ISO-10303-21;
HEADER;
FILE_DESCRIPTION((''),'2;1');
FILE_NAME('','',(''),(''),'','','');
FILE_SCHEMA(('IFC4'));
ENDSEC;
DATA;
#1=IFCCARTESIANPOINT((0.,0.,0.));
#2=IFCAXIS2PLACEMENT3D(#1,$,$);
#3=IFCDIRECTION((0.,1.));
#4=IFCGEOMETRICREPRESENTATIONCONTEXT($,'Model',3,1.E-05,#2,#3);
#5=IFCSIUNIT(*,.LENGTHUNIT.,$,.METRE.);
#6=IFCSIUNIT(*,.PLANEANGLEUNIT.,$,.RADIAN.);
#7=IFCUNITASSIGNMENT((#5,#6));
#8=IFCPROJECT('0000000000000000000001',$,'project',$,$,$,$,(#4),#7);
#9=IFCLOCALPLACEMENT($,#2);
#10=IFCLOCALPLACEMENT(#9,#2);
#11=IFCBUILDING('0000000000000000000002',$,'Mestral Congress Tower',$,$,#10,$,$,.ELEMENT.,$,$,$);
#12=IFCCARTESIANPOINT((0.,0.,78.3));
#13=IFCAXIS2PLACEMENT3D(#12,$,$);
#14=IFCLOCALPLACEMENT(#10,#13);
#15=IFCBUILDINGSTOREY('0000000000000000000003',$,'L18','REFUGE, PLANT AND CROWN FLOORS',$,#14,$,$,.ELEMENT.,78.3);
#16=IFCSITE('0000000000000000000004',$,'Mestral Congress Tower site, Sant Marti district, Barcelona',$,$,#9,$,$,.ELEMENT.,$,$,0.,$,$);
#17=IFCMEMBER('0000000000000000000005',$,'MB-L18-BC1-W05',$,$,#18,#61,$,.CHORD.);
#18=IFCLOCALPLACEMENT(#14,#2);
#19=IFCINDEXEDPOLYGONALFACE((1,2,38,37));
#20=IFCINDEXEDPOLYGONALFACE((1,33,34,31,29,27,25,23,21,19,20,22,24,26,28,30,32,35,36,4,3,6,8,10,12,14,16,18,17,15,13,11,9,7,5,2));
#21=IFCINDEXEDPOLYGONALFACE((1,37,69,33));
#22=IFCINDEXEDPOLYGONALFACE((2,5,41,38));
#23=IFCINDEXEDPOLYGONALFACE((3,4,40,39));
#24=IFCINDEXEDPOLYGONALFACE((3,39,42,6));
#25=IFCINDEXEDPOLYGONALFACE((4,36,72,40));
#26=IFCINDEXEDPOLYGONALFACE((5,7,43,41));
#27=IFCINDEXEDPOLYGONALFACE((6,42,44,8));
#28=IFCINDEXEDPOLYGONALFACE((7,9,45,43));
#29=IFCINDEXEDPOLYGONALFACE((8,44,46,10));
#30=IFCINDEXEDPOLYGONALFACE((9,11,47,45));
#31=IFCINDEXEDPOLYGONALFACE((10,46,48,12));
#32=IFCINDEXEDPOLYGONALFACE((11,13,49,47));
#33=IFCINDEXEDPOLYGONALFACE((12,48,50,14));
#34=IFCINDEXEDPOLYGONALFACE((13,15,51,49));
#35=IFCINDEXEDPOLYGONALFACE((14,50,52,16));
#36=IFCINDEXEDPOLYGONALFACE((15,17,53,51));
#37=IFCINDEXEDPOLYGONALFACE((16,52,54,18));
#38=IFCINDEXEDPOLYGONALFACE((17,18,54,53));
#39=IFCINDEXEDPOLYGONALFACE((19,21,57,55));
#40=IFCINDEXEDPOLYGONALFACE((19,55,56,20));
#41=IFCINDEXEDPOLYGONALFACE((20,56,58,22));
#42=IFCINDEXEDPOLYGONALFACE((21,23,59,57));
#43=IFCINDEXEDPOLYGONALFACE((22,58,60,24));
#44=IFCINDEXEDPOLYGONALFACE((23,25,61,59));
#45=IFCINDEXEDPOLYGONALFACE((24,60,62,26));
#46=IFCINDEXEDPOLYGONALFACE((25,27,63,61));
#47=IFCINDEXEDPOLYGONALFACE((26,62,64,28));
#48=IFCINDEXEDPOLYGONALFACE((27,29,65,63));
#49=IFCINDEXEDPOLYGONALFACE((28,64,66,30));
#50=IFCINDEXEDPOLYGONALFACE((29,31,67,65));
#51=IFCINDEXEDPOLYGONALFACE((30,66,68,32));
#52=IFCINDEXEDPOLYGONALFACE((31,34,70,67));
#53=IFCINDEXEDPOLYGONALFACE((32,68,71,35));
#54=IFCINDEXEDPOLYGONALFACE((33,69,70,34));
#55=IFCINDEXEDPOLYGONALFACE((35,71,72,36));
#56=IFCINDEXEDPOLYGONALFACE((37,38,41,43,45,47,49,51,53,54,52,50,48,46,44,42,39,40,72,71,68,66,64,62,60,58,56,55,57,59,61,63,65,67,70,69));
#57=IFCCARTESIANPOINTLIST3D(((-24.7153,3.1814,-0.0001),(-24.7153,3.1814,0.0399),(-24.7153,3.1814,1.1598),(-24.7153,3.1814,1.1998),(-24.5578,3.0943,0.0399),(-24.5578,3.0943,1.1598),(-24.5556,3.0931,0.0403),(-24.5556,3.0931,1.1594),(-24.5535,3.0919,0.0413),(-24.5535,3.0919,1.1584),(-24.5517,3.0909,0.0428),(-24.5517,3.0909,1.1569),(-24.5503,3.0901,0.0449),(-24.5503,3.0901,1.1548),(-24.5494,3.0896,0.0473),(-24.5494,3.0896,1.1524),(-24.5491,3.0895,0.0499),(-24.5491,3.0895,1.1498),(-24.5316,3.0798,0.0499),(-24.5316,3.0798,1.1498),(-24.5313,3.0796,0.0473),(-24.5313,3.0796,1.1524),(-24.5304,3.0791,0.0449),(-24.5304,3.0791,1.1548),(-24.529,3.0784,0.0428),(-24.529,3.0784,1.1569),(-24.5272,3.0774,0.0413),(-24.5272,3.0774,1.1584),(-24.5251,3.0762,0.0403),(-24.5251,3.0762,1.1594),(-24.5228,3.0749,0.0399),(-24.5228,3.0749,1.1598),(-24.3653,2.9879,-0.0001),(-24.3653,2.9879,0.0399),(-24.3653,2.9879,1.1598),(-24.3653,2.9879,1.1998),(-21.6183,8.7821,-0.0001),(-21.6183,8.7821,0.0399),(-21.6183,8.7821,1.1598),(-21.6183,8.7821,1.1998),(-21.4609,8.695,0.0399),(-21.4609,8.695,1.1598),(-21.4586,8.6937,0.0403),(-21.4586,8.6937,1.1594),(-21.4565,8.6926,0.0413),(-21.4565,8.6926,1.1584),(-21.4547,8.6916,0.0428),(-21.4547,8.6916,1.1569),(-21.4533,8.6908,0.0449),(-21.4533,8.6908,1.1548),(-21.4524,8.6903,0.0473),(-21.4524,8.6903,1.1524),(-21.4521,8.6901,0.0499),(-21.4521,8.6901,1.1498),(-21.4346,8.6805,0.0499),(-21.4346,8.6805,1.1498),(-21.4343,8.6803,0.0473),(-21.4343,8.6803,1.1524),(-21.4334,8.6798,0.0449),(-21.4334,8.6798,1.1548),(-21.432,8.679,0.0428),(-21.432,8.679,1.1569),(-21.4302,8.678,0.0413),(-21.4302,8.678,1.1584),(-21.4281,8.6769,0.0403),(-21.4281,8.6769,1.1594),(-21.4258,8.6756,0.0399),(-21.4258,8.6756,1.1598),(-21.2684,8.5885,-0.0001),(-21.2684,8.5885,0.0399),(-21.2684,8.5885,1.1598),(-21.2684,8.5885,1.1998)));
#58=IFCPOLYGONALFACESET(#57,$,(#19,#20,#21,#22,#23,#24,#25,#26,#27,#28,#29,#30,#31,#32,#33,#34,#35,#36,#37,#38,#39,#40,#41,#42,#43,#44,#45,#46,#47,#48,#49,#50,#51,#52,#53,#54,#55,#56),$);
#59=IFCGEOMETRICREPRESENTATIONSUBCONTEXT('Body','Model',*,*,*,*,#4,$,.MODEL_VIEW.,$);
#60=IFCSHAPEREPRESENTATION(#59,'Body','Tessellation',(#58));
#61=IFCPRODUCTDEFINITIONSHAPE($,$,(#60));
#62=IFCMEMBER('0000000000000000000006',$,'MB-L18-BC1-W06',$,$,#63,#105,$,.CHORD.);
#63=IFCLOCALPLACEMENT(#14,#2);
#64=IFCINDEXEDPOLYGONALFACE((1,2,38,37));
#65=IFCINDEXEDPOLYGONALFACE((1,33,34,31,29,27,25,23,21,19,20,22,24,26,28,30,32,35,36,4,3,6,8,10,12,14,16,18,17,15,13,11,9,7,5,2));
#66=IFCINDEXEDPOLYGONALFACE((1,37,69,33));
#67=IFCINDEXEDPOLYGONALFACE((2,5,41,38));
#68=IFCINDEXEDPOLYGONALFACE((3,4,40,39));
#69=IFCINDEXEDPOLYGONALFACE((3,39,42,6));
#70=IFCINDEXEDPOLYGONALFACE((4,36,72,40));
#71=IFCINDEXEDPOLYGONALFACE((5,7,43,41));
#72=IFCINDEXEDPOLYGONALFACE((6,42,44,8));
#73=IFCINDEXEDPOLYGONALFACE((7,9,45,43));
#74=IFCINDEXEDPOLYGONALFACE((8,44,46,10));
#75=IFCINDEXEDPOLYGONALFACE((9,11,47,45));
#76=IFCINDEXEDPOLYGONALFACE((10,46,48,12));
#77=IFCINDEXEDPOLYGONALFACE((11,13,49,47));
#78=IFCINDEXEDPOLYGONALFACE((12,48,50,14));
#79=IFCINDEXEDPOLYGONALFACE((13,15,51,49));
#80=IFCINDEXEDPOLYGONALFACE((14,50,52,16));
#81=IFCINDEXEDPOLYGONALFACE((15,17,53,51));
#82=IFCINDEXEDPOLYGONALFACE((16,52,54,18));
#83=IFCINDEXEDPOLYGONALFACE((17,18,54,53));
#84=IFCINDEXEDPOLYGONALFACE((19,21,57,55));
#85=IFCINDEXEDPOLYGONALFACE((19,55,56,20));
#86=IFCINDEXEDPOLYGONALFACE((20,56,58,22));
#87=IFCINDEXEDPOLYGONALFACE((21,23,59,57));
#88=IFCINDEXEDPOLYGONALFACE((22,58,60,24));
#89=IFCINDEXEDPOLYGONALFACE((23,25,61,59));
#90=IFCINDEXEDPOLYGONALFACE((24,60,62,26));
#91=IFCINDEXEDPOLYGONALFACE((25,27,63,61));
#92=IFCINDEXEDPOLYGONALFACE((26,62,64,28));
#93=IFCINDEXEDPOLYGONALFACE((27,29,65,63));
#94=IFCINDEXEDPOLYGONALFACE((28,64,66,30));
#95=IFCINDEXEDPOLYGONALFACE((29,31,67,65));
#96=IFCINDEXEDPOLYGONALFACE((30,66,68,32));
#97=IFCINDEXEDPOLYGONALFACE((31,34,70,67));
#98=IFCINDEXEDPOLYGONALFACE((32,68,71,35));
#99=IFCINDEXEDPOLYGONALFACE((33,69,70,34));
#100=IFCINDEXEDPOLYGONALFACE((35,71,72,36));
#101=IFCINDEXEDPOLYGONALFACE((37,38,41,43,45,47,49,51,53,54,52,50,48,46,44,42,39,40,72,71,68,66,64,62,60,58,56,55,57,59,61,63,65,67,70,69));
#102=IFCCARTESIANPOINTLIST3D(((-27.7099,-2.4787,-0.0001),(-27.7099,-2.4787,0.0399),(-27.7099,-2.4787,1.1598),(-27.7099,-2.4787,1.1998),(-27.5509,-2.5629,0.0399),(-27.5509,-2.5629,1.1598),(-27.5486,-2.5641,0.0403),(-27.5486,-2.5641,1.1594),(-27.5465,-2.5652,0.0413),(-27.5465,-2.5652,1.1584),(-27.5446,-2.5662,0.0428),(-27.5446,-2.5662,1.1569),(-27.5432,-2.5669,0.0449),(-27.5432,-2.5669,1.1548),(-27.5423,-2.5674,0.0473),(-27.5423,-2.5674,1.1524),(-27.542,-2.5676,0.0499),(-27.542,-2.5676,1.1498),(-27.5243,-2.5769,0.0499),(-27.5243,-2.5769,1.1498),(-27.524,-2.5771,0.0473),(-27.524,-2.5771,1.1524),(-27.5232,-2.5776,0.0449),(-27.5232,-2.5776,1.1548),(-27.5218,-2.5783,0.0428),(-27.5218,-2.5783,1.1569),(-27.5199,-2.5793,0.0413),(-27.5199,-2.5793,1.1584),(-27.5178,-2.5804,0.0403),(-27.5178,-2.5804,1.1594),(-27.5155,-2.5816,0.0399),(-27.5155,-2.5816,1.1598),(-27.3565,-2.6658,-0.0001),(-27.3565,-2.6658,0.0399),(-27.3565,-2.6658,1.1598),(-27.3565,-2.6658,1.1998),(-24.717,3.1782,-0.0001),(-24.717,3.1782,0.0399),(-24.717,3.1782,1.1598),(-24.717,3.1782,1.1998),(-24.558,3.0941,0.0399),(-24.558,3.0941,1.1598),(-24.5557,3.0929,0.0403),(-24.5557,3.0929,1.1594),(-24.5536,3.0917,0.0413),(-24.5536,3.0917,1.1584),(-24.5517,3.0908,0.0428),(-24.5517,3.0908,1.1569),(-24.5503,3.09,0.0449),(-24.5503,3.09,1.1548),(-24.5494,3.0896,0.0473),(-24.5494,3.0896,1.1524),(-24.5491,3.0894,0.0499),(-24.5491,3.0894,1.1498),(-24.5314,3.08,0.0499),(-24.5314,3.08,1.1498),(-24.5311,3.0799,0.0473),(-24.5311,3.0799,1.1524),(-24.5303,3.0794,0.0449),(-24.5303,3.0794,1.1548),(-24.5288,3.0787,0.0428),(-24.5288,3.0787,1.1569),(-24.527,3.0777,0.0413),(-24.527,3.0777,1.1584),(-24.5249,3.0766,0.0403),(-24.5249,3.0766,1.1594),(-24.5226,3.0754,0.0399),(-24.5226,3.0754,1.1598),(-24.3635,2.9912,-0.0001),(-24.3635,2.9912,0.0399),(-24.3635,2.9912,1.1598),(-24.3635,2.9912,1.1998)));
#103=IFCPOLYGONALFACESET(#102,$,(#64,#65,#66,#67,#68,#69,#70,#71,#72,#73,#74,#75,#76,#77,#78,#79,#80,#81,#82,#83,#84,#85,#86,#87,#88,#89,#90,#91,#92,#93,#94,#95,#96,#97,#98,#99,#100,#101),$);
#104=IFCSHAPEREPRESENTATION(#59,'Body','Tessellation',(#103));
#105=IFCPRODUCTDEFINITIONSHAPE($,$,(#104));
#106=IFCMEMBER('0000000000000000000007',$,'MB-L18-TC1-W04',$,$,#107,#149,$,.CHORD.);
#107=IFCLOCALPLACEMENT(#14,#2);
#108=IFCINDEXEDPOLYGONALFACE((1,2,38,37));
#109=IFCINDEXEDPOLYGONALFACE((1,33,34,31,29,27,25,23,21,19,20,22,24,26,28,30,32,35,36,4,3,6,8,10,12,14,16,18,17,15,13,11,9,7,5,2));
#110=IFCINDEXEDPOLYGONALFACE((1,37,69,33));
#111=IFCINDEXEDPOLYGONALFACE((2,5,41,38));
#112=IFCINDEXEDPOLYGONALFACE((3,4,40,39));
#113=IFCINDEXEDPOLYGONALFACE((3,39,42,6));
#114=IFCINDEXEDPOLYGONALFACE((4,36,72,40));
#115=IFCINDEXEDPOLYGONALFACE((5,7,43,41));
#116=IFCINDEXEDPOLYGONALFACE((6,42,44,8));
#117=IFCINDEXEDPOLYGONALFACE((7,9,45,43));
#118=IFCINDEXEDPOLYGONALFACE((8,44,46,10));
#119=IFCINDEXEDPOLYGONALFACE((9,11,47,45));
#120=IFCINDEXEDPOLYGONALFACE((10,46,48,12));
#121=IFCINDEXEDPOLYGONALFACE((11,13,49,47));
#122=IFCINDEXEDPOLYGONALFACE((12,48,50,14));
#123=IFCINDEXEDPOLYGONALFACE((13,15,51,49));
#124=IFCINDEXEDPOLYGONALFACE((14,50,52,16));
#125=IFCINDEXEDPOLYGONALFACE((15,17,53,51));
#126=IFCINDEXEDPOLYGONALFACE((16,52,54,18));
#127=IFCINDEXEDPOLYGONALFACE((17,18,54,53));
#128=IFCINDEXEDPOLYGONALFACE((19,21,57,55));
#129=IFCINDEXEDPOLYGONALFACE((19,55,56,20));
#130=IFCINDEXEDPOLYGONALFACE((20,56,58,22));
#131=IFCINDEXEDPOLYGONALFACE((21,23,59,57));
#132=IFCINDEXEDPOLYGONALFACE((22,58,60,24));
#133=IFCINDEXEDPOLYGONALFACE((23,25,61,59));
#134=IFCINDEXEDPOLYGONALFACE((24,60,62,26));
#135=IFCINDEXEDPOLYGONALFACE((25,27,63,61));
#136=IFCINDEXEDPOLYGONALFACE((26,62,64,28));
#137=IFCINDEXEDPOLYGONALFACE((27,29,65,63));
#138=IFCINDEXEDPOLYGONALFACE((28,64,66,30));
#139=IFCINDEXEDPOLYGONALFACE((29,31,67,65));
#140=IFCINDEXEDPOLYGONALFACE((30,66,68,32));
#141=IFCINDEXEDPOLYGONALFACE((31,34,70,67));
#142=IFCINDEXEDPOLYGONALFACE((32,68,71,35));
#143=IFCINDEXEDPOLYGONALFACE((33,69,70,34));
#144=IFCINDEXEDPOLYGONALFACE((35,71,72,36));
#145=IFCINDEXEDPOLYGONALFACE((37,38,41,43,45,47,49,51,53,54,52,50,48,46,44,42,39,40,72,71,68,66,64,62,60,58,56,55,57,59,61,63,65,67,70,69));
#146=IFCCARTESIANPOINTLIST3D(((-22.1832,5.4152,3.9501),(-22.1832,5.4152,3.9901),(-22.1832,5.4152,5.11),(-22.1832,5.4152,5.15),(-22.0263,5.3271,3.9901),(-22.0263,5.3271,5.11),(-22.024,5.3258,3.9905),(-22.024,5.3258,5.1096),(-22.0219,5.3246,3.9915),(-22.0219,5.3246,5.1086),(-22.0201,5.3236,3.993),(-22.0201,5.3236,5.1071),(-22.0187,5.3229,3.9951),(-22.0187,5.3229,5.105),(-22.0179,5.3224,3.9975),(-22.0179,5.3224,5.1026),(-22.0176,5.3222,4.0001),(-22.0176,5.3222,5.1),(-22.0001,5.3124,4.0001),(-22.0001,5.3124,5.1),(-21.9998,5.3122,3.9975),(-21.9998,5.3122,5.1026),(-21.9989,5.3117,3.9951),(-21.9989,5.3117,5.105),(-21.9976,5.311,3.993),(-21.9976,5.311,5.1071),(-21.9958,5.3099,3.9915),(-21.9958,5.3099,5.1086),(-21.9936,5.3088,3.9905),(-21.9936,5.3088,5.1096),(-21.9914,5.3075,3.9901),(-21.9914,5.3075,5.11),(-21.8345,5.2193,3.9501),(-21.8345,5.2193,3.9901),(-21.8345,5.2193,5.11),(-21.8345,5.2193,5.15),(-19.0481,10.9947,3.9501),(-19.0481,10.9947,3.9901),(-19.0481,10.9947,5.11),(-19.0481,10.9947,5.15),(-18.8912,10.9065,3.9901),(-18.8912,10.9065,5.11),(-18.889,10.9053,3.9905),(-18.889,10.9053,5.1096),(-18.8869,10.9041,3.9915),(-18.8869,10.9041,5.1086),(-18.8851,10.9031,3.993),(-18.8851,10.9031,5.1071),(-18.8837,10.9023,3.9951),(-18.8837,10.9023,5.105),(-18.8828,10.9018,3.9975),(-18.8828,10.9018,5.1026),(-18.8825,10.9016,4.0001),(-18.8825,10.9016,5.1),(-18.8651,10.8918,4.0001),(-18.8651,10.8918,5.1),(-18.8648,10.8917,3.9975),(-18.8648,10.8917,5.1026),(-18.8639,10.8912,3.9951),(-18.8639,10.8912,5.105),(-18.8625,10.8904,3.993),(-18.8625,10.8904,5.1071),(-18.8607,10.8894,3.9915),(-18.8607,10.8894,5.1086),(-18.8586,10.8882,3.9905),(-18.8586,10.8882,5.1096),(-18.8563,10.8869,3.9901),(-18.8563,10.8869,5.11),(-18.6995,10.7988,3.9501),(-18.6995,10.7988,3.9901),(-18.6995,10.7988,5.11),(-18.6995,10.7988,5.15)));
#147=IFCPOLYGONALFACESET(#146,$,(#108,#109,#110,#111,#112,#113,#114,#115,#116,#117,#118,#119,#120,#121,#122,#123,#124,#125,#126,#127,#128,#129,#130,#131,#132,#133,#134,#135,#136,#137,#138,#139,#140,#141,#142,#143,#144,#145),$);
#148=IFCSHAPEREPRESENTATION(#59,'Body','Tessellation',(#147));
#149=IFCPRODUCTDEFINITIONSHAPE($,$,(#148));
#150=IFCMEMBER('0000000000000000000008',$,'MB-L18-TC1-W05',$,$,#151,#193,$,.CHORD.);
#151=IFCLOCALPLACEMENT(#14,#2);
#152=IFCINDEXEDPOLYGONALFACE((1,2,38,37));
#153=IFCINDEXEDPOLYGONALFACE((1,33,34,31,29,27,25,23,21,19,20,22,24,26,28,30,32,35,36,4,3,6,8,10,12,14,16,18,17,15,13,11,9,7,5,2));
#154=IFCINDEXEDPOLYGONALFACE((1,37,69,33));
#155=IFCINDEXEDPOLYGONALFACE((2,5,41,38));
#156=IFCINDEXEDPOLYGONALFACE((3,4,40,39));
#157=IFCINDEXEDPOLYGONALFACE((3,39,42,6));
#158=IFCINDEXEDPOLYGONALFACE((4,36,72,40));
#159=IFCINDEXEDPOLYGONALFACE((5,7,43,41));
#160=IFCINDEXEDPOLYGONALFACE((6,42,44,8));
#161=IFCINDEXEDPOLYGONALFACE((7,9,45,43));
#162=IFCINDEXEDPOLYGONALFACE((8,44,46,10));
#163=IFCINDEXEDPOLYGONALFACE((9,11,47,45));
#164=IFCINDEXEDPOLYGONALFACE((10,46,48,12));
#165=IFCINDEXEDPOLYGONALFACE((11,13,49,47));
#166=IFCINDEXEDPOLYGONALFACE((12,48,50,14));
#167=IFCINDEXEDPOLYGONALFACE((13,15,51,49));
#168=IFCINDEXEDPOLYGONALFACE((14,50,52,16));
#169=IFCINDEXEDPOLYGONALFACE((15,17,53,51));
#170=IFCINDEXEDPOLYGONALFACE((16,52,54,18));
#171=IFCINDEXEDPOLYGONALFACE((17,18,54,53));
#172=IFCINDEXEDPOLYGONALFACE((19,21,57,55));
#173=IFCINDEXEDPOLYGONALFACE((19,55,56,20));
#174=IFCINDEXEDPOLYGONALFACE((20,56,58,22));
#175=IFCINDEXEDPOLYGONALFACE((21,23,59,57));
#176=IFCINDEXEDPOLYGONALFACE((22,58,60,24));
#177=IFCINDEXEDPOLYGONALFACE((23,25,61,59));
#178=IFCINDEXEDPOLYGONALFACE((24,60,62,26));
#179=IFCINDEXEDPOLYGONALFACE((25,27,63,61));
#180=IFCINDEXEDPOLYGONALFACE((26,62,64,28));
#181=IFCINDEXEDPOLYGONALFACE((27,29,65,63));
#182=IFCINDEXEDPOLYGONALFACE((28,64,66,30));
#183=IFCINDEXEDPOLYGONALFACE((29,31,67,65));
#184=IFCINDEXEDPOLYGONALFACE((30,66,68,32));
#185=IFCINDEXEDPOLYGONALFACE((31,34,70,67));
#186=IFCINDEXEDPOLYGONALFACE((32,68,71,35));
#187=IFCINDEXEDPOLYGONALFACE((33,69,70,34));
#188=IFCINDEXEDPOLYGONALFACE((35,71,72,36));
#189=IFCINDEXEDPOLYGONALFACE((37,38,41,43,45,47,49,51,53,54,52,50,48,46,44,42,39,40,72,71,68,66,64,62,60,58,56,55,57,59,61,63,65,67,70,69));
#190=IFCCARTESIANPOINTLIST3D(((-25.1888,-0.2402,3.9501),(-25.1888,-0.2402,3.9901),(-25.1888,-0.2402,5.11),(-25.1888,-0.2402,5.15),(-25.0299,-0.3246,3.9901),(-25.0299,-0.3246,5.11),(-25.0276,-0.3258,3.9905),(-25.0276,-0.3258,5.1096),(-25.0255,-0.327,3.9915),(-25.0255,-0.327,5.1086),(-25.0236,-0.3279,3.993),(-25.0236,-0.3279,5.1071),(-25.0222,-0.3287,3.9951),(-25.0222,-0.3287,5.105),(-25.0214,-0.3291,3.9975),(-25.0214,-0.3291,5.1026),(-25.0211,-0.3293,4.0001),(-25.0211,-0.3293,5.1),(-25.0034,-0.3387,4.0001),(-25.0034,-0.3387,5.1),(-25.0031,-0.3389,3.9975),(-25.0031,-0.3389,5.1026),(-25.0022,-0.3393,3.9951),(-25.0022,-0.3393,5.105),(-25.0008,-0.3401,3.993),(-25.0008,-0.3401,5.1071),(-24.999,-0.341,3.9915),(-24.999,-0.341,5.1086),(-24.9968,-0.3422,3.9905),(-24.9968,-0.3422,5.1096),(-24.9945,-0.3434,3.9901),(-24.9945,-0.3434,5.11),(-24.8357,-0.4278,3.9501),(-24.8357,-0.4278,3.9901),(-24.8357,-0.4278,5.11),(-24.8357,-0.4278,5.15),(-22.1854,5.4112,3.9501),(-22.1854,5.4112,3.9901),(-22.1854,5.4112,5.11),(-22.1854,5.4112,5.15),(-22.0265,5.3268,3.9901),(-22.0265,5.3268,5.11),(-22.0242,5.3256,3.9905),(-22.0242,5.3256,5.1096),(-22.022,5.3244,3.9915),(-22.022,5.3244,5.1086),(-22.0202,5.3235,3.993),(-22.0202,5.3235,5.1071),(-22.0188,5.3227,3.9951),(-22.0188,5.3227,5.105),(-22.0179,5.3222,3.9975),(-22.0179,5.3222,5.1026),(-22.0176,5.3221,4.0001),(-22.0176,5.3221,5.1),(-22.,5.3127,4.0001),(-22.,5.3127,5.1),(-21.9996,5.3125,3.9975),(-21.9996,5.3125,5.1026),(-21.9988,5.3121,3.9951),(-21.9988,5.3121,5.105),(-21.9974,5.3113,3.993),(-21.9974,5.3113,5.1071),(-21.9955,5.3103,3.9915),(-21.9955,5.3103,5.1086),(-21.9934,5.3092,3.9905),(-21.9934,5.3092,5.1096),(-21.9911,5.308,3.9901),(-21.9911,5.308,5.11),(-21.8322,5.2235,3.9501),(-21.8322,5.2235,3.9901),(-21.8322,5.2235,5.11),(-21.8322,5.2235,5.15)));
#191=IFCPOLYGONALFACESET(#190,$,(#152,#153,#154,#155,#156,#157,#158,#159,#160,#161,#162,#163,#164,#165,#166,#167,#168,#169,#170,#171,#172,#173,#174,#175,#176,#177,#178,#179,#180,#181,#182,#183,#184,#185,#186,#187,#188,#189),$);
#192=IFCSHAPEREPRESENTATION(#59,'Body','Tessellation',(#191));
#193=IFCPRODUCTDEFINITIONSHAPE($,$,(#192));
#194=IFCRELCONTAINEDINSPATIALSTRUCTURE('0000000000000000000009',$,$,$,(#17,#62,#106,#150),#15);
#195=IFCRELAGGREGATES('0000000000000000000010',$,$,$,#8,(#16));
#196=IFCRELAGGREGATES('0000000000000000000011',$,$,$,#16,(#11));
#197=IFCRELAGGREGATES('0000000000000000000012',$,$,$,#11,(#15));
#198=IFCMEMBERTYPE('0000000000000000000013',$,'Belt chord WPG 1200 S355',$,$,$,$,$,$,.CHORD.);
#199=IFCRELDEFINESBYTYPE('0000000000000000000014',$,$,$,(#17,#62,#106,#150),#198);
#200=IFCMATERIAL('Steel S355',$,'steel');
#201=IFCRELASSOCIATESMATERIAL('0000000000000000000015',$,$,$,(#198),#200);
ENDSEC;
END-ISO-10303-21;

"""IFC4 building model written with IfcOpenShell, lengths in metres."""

from ifc_helpers import new_model, si_unit, direction, frame, origin, origin_2d, place, context, subcontext, project, spatial, i_section, extrude, material, material_profile, profile_set, type_object, element, save


model = new_model("IFC4")

# Units and contexts
model_context = context("Model", 3, precision=1e-05, world=origin(), true_north=direction((0.0, 1.0)))
body_context = subcontext(model_context, "Body", "Model", "MODEL_VIEW")
ifc_project = project(units=[si_unit("LENGTHUNIT", "METRE"), si_unit("PLANEANGLEUNIT", "RADIAN")], contexts=[model_context])

# Site, building, storey
site_placement = place(None, origin())
site = spatial("IfcSite", under=ifc_project, at=site_placement, Name="Mestral Congress Tower site, Sant Marti district, Barcelona", CompositionType="ELEMENT", RefElevation=0.0)
building_placement = place(site_placement, origin())
building = spatial("IfcBuilding", under=site, at=building_placement, Name="Mestral Congress Tower", CompositionType="ELEMENT")
storey_placement = place(building_placement, frame((0.0, 0.0, 78.3)))
storey = spatial("IfcBuildingStorey", under=building, at=storey_placement, Name="L18", Description="REFUGE, PLANT AND CROWN FLOORS", CompositionType="ELEMENT", Elevation=78.3)

# Members
ifc_material_1 = material(Name="Steel S355", Category="steel")
ifc_material_profile_1 = material_profile(ifc_material_1, i_section(OverallWidth=0.3999, OverallDepth=1.2, WebThickness=0.02, FlangeThickness=0.04, FilletRadius=0.01, at=origin_2d()), Name="WPG 1200")
ifc_profile_set_1 = profile_set([ifc_material_profile_1], Name="Steel S355")
member_type_1 = type_object("IfcMemberType", Name="Belt chord WPG 1200 S355", PredefinedType="CHORD", material=ifc_profile_set_1)
for number, where, z_axis, x_axis, name in (
    (1, (-21.4434, 8.6853, 0.5999), (-0.483909, -0.875118, 0.0), (0.875118, -0.483909, 0.0), "MB-L18-BC1-W05"),
    (2, (-24.5403, 3.0847, 0.5999), (-0.467649, -0.883914, 0.0), (0.883914, -0.467649, 0.0), "MB-L18-BC1-W06"),
    (3, (-18.8738, 10.8967, 4.55), (-0.489861, -0.871801, 0.0), (0.871801, -0.489861, 0.0), "MB-L18-TC1-W04"),
    (4, (-22.0088, 5.3174, 4.55), (-0.469293, -0.883043, 0.0), (0.883043, -0.469293, 0.0), "MB-L18-TC1-W05"),
):
    element("IfcMember", number, at=place(storey_placement, frame(where, z_axis=z_axis, x_axis=x_axis)), inside=storey, type_object=member_type_1, Name=name, PredefinedType="CHORD", context=body_context, shape_type="SweptSolid", body=[
        extrude(i_section(OverallWidth=0.3999, OverallDepth=1.2, WebThickness=0.02, FlangeThickness=0.04, FilletRadius=0.01, at=origin_2d()), origin(), (0.0, 0.0, 1.0), 6.3999),
    ])

save(model, "model.ifc")
